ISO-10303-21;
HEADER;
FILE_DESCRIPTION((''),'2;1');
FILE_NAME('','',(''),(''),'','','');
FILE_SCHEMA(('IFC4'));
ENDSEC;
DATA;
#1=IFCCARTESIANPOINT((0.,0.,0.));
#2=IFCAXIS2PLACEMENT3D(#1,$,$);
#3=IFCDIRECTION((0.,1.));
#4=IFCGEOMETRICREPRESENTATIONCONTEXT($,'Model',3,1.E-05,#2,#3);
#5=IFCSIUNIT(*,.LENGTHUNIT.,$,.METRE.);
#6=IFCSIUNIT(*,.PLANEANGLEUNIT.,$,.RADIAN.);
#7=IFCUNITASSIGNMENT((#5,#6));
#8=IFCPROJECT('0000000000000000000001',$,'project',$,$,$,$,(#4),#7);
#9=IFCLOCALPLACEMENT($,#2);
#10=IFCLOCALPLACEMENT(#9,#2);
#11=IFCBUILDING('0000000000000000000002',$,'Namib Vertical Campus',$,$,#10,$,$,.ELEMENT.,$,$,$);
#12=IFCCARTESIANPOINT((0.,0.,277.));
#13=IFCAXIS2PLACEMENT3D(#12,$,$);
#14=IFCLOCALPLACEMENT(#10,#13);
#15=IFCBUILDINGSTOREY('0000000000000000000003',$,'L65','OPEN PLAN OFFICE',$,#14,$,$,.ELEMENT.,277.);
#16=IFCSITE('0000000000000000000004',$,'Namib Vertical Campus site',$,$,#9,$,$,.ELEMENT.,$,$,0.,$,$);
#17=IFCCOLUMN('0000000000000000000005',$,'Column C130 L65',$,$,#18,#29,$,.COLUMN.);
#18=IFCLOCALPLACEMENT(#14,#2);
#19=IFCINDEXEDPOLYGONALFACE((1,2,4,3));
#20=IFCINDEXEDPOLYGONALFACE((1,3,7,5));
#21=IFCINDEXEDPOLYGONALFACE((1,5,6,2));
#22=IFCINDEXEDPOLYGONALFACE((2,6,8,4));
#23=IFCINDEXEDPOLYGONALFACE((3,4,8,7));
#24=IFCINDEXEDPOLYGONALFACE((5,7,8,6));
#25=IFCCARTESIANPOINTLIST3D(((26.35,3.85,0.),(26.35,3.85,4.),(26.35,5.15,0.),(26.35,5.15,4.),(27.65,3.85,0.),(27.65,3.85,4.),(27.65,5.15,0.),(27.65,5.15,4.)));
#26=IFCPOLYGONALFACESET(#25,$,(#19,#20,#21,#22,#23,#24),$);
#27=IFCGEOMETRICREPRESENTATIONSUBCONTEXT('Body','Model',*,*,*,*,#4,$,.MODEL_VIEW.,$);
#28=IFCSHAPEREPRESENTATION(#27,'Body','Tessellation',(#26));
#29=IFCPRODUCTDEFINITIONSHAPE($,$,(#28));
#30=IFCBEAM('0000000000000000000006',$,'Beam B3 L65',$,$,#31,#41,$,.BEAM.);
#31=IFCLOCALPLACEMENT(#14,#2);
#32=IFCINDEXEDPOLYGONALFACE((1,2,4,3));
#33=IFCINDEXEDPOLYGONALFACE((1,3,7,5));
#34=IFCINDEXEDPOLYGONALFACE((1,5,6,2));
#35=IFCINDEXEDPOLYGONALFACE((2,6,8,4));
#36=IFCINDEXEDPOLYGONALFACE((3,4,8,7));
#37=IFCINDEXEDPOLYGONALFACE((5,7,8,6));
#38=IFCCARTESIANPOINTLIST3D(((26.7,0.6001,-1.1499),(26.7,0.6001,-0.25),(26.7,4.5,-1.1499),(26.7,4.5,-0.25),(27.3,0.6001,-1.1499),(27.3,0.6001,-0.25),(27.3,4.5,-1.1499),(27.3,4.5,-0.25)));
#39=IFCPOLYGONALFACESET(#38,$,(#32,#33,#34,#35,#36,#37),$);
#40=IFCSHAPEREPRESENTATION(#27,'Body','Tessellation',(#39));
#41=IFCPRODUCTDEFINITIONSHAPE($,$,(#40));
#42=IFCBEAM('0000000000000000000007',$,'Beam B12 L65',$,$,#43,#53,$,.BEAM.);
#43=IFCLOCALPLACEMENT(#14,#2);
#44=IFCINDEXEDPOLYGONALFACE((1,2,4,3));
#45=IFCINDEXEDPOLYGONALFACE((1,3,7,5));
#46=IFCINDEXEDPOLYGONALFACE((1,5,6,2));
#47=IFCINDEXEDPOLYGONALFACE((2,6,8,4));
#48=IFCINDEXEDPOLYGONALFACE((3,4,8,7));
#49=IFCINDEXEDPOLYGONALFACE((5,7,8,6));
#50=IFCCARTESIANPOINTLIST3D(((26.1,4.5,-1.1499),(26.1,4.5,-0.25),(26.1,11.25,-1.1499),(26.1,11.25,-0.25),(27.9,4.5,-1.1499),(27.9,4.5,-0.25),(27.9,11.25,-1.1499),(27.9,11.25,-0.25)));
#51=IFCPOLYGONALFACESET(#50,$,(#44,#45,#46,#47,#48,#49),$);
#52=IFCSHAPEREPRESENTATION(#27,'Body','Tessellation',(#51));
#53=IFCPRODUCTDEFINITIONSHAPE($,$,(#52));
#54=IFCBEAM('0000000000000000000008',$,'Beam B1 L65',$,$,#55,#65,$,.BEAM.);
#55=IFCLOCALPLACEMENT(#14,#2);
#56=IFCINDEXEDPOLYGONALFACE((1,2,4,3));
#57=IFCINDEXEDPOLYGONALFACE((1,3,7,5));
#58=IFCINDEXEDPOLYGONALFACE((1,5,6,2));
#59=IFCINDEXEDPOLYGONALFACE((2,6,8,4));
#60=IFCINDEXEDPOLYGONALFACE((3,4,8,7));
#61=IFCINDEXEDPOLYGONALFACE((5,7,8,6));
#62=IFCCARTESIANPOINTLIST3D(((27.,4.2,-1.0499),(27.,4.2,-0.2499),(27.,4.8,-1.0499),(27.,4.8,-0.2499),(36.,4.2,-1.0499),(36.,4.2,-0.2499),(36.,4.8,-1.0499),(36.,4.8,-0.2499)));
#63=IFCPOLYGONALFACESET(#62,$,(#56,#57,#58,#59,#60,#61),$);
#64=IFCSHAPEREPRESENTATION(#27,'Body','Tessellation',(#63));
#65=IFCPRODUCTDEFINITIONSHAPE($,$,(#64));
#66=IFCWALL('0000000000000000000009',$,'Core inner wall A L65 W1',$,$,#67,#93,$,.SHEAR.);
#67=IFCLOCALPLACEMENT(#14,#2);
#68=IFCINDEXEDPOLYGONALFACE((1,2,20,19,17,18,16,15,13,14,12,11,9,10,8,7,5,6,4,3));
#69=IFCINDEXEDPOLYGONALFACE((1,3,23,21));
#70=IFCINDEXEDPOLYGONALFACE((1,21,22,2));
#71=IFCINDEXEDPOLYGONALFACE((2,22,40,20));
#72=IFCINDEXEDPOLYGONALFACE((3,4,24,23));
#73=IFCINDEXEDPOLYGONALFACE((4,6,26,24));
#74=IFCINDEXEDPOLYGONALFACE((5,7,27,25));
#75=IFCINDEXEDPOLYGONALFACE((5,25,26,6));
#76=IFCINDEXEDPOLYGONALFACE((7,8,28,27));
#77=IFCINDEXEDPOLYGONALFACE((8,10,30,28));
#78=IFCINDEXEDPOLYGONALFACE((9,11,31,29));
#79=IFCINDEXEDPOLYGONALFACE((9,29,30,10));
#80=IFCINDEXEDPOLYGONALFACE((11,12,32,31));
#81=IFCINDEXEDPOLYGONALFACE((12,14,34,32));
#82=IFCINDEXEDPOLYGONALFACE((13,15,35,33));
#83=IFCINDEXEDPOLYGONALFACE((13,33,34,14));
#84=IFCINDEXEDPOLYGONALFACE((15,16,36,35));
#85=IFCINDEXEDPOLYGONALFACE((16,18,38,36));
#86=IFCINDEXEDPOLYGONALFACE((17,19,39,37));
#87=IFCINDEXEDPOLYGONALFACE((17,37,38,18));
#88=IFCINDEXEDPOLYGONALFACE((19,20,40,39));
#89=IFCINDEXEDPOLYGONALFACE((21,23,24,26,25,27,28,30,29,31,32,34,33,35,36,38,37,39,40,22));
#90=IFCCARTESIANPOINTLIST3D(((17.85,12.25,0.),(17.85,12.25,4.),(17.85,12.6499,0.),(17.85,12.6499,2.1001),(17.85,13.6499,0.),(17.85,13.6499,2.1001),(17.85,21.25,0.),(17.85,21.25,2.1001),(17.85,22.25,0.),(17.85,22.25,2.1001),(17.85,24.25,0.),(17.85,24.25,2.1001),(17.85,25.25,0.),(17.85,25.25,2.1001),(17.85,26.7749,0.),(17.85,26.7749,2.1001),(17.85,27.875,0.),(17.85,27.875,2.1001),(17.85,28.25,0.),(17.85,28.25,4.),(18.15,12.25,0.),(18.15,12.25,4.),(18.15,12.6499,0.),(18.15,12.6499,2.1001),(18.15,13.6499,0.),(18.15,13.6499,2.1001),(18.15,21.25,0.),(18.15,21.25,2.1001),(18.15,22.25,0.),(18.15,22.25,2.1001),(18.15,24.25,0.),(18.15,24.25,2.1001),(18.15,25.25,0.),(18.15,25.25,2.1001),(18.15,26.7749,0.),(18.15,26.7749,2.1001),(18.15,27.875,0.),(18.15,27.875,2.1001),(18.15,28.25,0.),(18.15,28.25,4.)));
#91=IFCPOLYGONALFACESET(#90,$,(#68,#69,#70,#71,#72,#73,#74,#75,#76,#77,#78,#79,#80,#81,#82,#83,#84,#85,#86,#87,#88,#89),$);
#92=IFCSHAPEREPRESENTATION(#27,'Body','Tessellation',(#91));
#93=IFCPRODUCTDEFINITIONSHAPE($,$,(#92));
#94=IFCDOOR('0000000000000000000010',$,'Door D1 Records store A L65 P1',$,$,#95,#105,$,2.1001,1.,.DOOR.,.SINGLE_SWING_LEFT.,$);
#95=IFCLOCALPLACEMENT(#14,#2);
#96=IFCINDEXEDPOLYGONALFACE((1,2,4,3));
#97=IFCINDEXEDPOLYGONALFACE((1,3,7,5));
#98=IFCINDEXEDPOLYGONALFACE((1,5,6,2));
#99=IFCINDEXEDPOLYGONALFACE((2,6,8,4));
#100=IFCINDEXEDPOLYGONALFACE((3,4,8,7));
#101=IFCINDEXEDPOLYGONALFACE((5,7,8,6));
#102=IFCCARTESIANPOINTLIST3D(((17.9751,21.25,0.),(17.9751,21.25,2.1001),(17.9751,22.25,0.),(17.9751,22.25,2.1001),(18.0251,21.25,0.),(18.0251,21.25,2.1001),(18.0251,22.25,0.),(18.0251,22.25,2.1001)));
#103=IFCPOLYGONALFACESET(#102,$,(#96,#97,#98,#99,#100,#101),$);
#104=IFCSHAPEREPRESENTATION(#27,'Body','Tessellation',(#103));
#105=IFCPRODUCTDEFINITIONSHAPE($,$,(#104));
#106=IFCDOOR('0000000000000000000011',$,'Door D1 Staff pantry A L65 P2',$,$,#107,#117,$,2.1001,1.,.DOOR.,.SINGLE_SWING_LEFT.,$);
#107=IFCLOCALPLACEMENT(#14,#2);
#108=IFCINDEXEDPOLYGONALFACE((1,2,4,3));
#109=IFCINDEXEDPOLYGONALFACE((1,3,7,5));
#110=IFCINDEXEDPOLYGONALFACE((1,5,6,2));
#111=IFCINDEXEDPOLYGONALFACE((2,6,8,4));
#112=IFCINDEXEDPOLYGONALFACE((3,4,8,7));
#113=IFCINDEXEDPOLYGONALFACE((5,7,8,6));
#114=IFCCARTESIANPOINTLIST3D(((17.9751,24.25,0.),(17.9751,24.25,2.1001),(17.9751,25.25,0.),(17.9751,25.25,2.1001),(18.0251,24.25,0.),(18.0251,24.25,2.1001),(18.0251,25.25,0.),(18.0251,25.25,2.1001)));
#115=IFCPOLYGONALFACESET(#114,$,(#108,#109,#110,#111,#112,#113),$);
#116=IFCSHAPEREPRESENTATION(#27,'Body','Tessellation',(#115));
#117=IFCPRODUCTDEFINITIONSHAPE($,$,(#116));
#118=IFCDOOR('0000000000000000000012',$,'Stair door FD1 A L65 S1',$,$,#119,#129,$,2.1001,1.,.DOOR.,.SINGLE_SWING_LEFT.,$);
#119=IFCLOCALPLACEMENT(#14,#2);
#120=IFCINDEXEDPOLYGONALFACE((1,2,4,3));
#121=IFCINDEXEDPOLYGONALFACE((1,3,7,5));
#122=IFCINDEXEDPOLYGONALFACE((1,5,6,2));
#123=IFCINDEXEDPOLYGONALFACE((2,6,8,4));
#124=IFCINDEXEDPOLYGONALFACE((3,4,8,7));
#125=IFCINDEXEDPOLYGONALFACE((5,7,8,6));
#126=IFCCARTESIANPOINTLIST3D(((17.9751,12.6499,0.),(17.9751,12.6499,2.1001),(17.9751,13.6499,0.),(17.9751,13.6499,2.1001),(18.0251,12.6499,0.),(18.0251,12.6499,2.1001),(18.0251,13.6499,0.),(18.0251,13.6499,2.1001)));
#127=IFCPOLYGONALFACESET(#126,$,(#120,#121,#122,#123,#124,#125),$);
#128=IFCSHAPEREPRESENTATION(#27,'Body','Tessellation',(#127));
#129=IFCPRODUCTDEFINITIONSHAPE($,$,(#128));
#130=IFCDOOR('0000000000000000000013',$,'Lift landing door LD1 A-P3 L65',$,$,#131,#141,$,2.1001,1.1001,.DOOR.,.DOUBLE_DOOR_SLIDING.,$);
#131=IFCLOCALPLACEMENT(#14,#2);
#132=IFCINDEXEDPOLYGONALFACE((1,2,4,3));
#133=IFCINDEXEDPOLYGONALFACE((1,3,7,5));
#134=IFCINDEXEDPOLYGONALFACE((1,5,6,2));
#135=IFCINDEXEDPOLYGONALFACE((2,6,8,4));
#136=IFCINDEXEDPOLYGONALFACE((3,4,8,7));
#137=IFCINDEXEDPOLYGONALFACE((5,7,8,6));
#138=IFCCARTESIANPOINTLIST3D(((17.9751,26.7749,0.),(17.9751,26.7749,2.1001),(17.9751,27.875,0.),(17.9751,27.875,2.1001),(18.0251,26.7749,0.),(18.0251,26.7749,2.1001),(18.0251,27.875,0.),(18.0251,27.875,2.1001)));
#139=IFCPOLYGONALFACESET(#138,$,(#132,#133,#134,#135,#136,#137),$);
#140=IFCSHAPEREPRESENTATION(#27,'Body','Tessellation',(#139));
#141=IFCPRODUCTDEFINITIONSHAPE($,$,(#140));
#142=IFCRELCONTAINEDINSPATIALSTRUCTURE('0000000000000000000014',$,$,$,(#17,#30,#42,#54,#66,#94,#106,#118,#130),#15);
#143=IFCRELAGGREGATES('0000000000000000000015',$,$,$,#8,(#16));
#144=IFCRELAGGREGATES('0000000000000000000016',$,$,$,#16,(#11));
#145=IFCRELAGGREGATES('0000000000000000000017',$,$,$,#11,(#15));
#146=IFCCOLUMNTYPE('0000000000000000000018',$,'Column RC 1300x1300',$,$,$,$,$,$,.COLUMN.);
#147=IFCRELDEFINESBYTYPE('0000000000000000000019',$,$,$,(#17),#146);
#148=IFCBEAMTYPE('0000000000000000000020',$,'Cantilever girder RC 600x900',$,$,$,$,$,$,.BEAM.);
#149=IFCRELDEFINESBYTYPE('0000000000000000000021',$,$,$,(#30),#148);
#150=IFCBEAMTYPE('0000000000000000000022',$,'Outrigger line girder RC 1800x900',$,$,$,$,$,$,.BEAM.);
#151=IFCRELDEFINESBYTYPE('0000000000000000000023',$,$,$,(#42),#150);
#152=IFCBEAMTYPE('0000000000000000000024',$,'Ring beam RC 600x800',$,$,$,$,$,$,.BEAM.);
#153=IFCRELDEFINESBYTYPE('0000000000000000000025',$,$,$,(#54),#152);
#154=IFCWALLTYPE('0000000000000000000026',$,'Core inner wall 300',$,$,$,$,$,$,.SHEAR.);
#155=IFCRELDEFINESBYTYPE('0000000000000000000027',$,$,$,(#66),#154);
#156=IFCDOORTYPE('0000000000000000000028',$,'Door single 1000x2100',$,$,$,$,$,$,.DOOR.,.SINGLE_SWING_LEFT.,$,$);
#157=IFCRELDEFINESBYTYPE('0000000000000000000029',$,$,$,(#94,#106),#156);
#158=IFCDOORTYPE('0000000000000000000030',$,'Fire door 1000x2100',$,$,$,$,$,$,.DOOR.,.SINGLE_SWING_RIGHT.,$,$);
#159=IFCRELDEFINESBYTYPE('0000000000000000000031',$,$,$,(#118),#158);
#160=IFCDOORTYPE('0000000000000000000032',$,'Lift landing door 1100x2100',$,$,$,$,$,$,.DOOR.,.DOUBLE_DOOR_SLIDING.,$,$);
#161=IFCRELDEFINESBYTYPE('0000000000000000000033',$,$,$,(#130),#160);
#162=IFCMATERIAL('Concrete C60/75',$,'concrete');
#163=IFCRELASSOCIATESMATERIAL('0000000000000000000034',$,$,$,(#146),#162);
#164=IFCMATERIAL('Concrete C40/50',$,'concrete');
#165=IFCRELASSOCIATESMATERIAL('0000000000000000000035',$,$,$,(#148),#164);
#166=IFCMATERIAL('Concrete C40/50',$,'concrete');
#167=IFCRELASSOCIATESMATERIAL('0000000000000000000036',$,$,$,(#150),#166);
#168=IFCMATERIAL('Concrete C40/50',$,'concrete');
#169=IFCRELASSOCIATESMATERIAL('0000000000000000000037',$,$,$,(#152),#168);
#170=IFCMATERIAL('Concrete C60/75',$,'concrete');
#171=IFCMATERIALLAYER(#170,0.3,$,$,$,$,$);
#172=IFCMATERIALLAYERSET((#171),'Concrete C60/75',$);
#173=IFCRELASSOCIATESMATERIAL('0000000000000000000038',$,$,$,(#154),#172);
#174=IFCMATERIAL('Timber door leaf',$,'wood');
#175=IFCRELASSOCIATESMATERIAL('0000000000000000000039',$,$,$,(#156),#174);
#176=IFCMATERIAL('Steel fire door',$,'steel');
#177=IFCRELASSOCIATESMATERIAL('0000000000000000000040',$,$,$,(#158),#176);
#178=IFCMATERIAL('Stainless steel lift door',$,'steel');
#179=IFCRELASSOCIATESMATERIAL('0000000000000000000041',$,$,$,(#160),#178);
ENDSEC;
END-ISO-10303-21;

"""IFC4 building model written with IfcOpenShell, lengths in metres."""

from ifc_helpers import new_model, si_unit, direction, frame, frame_2d, origin, origin_2d, place, context, subcontext, project, spatial, rectangle, extrude, material, layer, layer_set, material_profile, profile_set, type_object, element, fill, save


model = new_model("IFC4")

# Units and contexts
model_context = context("Model", 3, precision=1e-05, world=origin(), true_north=direction((0.0, 1.0)))
body_context = subcontext(model_context, "Body", "Model", "MODEL_VIEW")
ifc_project = project(units=[si_unit("LENGTHUNIT", "METRE"), si_unit("PLANEANGLEUNIT", "RADIAN")], contexts=[model_context])

# Site, building, storey
site_placement = place(None, origin())
site = spatial("IfcSite", under=ifc_project, at=site_placement, Name="Namib Vertical Campus site", CompositionType="ELEMENT", RefElevation=0.0)
building_placement = place(site_placement, origin())
building = spatial("IfcBuilding", under=site, at=building_placement, Name="Namib Vertical Campus", CompositionType="ELEMENT")
storey_placement = place(building_placement, frame((0.0, 0.0, 277.0)))
storey = spatial("IfcBuildingStorey", under=building, at=storey_placement, Name="L65", Description="OPEN PLAN OFFICE", CompositionType="ELEMENT", Elevation=277.0)

# Column
ifc_material_1 = material(Name="Concrete C60/75", Category="concrete")
ifc_material_profile_1 = material_profile(ifc_material_1, rectangle(XDim=1.3, YDim=1.3, at=origin_2d()))
ifc_profile_set_1 = profile_set([ifc_material_profile_1], Name="Concrete C60/75")
column_type = type_object("IfcColumnType", Name="Column RC 1300x1300", PredefinedType="COLUMN", material=ifc_profile_set_1)
column_placement = place(storey_placement, frame((27.0, 4.5, 0.0), z_axis=(0.0, 0.0, 1.0), x_axis=(1.0, 0.0, 0.0)))
element("IfcColumn", 1, at=column_placement, inside=storey, type_object=column_type, Name="Column C130 L65", PredefinedType="COLUMN", context=body_context, shape_type="SweptSolid", body=[
    extrude(rectangle(XDim=1.3, YDim=1.3, at=origin_2d()), origin(), (0.0, 0.0, 1.0), 4.0),
])

# Beams
ifc_material_2 = material(Name="Concrete C40/50", Category="concrete")
ifc_material_profile_2 = material_profile(ifc_material_2, rectangle(XDim=0.6001, YDim=0.8999, at=origin_2d()))
ifc_profile_set_2 = profile_set([ifc_material_profile_2], Name="Concrete C40/50")
beam_type_1 = type_object("IfcBeamType", Name="Cantilever girder RC 600x900", PredefinedType="BEAM", material=ifc_profile_set_2)
beam_1_placement = place(storey_placement, frame((27.0, 4.5, -0.7), z_axis=(0.0, -1.0, 0.0), x_axis=(1.0, 0.0, 0.0)))
element("IfcBeam", 2, at=beam_1_placement, inside=storey, type_object=beam_type_1, Name="Beam B3 L65", PredefinedType="BEAM", context=body_context, shape_type="SweptSolid", body=[
    extrude(rectangle(XDim=0.6001, YDim=0.8999, at=origin_2d()), origin(), (0.0, 0.0, 1.0), 3.8999),
])
ifc_material_3 = material(Name="Concrete C40/50", Category="concrete")
ifc_material_profile_3 = material_profile(ifc_material_3, rectangle(XDim=1.8, YDim=0.8999, at=origin_2d()))
ifc_profile_set_3 = profile_set([ifc_material_profile_3], Name="Concrete C40/50")
beam_type_2 = type_object("IfcBeamType", Name="Outrigger line girder RC 1800x900", PredefinedType="BEAM", material=ifc_profile_set_3)
beam_2_placement = place(storey_placement, frame((27.0, 4.5, -0.7), z_axis=(0.0, 1.0, 0.0), x_axis=(-1.0, 0.0, 0.0)))
element("IfcBeam", 3, at=beam_2_placement, inside=storey, type_object=beam_type_2, Name="Beam B12 L65", PredefinedType="BEAM", context=body_context, shape_type="SweptSolid", body=[
    extrude(rectangle(XDim=1.8, YDim=0.8999, at=origin_2d()), origin(), (0.0, 0.0, 1.0), 6.75),
])
ifc_material_4 = material(Name="Concrete C40/50", Category="concrete")
ifc_material_profile_4 = material_profile(ifc_material_4, rectangle(XDim=0.6001, YDim=0.8, at=origin_2d()))
ifc_profile_set_4 = profile_set([ifc_material_profile_4], Name="Concrete C40/50")
beam_type_3 = type_object("IfcBeamType", Name="Ring beam RC 600x800", PredefinedType="BEAM", material=ifc_profile_set_4)
beam_3_placement = place(storey_placement, frame((27.0, 4.5, -0.6499), z_axis=(1.0, 0.0, 0.0), x_axis=(0.0, 1.0, 0.0)))
element("IfcBeam", 4, at=beam_3_placement, inside=storey, type_object=beam_type_3, Name="Beam B1 L65", PredefinedType="BEAM", context=body_context, shape_type="SweptSolid", body=[
    extrude(rectangle(XDim=0.6001, YDim=0.8, at=origin_2d()), origin(), (0.0, 0.0, 1.0), 9.0),
])

# Wall, openings, doors
ifc_material_5 = material(Name="Concrete C60/75", Category="concrete")
ifc_layer_1 = layer(ifc_material_5, 0.3)
ifc_layer_set_1 = layer_set([ifc_layer_1], Name="Concrete C60/75")
wall_type_1 = type_object("IfcWallType", Name="Core inner wall 300", PredefinedType="SHEAR", material=ifc_layer_set_1)
wall_1_placement = place(storey_placement, frame((18.0, 12.25, 0.0), z_axis=(0.0, 0.0, 1.0), x_axis=(0.0, 1.0, 0.0)))
wall_1 = element("IfcWall", 5, at=wall_1_placement, inside=storey, type_object=wall_type_1, Name="Core inner wall A L65 W1", PredefinedType="SHEAR", context=body_context, shape_type="SweptSolid", body=[
    extrude(rectangle(XDim=16.0, YDim=0.3, at=frame_2d((8.0, 0.0))), origin(), (0.0, 0.0, 1.0), 4.0),
])
opening_1_placement = place(wall_1_placement, frame((0.3999, 0.0, 0.0)))
opening_1 = element("IfcOpeningElement", 6, at=opening_1_placement, cuts=wall_1, PredefinedType="OPENING", context=body_context, shape_type="SweptSolid", body=[
    extrude(rectangle(XDim=1.0, YDim=2.1001, at=frame_2d((0.5, 1.05))), frame((0.0, 0.1599, 0.0), z_axis=(0.0, -1.0, 0.0), x_axis=(1.0, 0.0, 0.0)), (0.0, 0.0, 1.0), 0.3201),
])
opening_2_placement = place(wall_1_placement, frame((14.5249, 0.0, 0.0)))
opening_2 = element("IfcOpeningElement", 7, at=opening_2_placement, cuts=wall_1, PredefinedType="OPENING", context=body_context, shape_type="SweptSolid", body=[
    extrude(rectangle(XDim=1.1001, YDim=2.1001, at=frame_2d((0.55, 1.05))), frame((0.0, 0.1599, 0.0), z_axis=(0.0, -1.0, 0.0), x_axis=(1.0, 0.0, 0.0)), (0.0, 0.0, 1.0), 0.3201),
])
opening_3_placement = place(wall_1_placement, frame((9.0, 0.0, 0.0)))
opening_3 = element("IfcOpeningElement", 8, at=opening_3_placement, cuts=wall_1, PredefinedType="OPENING", context=body_context, shape_type="SweptSolid", body=[
    extrude(rectangle(XDim=1.0, YDim=2.1001, at=frame_2d((0.5, 1.05))), frame((0.0, 0.1599, 0.0), z_axis=(0.0, -1.0, 0.0), x_axis=(1.0, 0.0, 0.0)), (0.0, 0.0, 1.0), 0.3201),
])
opening_4_placement = place(wall_1_placement, frame((12.0, 0.0, 0.0)))
opening_4 = element("IfcOpeningElement", 9, at=opening_4_placement, cuts=wall_1, PredefinedType="OPENING", context=body_context, shape_type="SweptSolid", body=[
    extrude(rectangle(XDim=1.0, YDim=2.1001, at=frame_2d((0.5, 1.05))), frame((0.0, 0.1599, 0.0), z_axis=(0.0, -1.0, 0.0), x_axis=(1.0, 0.0, 0.0)), (0.0, 0.0, 1.0), 0.3201),
])
ifc_material_6 = material(Name="Timber door leaf", Category="wood")
door_type_1 = type_object("IfcDoorType", Name="Door single 1000x2100", OperationType="SINGLE_SWING_LEFT", PredefinedType="DOOR", material=ifc_material_6)
door_1_placement = place(opening_3_placement, origin())
door_1 = element("IfcDoor", 10, at=door_1_placement, inside=storey, type_object=door_type_1, Name="Door D1 Records store A L65 P1", OperationType="SINGLE_SWING_LEFT", OverallHeight=2.1001, OverallWidth=1.0, PredefinedType="DOOR", context=body_context, shape_type="SweptSolid", body=[
    extrude(rectangle(XDim=1.0, YDim=2.1001, at=frame_2d((0.5, 1.05))), frame((0.0, 0.0249, 0.0), z_axis=(0.0, -1.0, 0.0), x_axis=(1.0, 0.0, 0.0)), (0.0, 0.0, 1.0), 0.05),
])
fill(opening_3, door_1)
door_2_placement = place(opening_4_placement, origin())
door_2 = element("IfcDoor", 11, at=door_2_placement, inside=storey, type_object=door_type_1, Name="Door D1 Staff pantry A L65 P2", OperationType="SINGLE_SWING_LEFT", OverallHeight=2.1001, OverallWidth=1.0, PredefinedType="DOOR", context=body_context, shape_type="SweptSolid", body=[
    extrude(rectangle(XDim=1.0, YDim=2.1001, at=frame_2d((0.5, 1.05))), frame((0.0, 0.0249, 0.0), z_axis=(0.0, -1.0, 0.0), x_axis=(1.0, 0.0, 0.0)), (0.0, 0.0, 1.0), 0.05),
])
fill(opening_4, door_2)
ifc_material_7 = material(Name="Steel fire door", Category="steel")
door_type_2 = type_object("IfcDoorType", Name="Fire door 1000x2100", OperationType="SINGLE_SWING_RIGHT", PredefinedType="DOOR", material=ifc_material_7)
door_3_placement = place(opening_1_placement, origin())
door_3 = element("IfcDoor", 12, at=door_3_placement, inside=storey, type_object=door_type_2, Name="Stair door FD1 A L65 S1", OperationType="SINGLE_SWING_LEFT", OverallHeight=2.1001, OverallWidth=1.0, PredefinedType="DOOR", context=body_context, shape_type="SweptSolid", body=[
    extrude(rectangle(XDim=1.0, YDim=2.1001, at=frame_2d((0.5, 1.05))), frame((0.0, 0.0249, 0.0), z_axis=(0.0, -1.0, 0.0), x_axis=(1.0, 0.0, 0.0)), (0.0, 0.0, 1.0), 0.05),
])
fill(opening_1, door_3)
ifc_material_8 = material(Name="Stainless steel lift door", Category="steel")
door_type_3 = type_object("IfcDoorType", Name="Lift landing door 1100x2100", OperationType="DOUBLE_DOOR_SLIDING", PredefinedType="DOOR", material=ifc_material_8)
door_4_placement = place(opening_2_placement, origin())
door_4 = element("IfcDoor", 13, at=door_4_placement, inside=storey, type_object=door_type_3, Name="Lift landing door LD1 A-P3 L65", OperationType="DOUBLE_DOOR_SLIDING", OverallHeight=2.1001, OverallWidth=1.1001, PredefinedType="DOOR", context=body_context, shape_type="SweptSolid", body=[
    extrude(rectangle(XDim=1.1001, YDim=2.1001, at=frame_2d((0.55, 1.05))), frame((0.0, 0.0249, 0.0), z_axis=(0.0, -1.0, 0.0), x_axis=(1.0, 0.0, 0.0)), (0.0, 0.0, 1.0), 0.05),
])
fill(opening_2, door_4)

save(model, "model.ifc")
